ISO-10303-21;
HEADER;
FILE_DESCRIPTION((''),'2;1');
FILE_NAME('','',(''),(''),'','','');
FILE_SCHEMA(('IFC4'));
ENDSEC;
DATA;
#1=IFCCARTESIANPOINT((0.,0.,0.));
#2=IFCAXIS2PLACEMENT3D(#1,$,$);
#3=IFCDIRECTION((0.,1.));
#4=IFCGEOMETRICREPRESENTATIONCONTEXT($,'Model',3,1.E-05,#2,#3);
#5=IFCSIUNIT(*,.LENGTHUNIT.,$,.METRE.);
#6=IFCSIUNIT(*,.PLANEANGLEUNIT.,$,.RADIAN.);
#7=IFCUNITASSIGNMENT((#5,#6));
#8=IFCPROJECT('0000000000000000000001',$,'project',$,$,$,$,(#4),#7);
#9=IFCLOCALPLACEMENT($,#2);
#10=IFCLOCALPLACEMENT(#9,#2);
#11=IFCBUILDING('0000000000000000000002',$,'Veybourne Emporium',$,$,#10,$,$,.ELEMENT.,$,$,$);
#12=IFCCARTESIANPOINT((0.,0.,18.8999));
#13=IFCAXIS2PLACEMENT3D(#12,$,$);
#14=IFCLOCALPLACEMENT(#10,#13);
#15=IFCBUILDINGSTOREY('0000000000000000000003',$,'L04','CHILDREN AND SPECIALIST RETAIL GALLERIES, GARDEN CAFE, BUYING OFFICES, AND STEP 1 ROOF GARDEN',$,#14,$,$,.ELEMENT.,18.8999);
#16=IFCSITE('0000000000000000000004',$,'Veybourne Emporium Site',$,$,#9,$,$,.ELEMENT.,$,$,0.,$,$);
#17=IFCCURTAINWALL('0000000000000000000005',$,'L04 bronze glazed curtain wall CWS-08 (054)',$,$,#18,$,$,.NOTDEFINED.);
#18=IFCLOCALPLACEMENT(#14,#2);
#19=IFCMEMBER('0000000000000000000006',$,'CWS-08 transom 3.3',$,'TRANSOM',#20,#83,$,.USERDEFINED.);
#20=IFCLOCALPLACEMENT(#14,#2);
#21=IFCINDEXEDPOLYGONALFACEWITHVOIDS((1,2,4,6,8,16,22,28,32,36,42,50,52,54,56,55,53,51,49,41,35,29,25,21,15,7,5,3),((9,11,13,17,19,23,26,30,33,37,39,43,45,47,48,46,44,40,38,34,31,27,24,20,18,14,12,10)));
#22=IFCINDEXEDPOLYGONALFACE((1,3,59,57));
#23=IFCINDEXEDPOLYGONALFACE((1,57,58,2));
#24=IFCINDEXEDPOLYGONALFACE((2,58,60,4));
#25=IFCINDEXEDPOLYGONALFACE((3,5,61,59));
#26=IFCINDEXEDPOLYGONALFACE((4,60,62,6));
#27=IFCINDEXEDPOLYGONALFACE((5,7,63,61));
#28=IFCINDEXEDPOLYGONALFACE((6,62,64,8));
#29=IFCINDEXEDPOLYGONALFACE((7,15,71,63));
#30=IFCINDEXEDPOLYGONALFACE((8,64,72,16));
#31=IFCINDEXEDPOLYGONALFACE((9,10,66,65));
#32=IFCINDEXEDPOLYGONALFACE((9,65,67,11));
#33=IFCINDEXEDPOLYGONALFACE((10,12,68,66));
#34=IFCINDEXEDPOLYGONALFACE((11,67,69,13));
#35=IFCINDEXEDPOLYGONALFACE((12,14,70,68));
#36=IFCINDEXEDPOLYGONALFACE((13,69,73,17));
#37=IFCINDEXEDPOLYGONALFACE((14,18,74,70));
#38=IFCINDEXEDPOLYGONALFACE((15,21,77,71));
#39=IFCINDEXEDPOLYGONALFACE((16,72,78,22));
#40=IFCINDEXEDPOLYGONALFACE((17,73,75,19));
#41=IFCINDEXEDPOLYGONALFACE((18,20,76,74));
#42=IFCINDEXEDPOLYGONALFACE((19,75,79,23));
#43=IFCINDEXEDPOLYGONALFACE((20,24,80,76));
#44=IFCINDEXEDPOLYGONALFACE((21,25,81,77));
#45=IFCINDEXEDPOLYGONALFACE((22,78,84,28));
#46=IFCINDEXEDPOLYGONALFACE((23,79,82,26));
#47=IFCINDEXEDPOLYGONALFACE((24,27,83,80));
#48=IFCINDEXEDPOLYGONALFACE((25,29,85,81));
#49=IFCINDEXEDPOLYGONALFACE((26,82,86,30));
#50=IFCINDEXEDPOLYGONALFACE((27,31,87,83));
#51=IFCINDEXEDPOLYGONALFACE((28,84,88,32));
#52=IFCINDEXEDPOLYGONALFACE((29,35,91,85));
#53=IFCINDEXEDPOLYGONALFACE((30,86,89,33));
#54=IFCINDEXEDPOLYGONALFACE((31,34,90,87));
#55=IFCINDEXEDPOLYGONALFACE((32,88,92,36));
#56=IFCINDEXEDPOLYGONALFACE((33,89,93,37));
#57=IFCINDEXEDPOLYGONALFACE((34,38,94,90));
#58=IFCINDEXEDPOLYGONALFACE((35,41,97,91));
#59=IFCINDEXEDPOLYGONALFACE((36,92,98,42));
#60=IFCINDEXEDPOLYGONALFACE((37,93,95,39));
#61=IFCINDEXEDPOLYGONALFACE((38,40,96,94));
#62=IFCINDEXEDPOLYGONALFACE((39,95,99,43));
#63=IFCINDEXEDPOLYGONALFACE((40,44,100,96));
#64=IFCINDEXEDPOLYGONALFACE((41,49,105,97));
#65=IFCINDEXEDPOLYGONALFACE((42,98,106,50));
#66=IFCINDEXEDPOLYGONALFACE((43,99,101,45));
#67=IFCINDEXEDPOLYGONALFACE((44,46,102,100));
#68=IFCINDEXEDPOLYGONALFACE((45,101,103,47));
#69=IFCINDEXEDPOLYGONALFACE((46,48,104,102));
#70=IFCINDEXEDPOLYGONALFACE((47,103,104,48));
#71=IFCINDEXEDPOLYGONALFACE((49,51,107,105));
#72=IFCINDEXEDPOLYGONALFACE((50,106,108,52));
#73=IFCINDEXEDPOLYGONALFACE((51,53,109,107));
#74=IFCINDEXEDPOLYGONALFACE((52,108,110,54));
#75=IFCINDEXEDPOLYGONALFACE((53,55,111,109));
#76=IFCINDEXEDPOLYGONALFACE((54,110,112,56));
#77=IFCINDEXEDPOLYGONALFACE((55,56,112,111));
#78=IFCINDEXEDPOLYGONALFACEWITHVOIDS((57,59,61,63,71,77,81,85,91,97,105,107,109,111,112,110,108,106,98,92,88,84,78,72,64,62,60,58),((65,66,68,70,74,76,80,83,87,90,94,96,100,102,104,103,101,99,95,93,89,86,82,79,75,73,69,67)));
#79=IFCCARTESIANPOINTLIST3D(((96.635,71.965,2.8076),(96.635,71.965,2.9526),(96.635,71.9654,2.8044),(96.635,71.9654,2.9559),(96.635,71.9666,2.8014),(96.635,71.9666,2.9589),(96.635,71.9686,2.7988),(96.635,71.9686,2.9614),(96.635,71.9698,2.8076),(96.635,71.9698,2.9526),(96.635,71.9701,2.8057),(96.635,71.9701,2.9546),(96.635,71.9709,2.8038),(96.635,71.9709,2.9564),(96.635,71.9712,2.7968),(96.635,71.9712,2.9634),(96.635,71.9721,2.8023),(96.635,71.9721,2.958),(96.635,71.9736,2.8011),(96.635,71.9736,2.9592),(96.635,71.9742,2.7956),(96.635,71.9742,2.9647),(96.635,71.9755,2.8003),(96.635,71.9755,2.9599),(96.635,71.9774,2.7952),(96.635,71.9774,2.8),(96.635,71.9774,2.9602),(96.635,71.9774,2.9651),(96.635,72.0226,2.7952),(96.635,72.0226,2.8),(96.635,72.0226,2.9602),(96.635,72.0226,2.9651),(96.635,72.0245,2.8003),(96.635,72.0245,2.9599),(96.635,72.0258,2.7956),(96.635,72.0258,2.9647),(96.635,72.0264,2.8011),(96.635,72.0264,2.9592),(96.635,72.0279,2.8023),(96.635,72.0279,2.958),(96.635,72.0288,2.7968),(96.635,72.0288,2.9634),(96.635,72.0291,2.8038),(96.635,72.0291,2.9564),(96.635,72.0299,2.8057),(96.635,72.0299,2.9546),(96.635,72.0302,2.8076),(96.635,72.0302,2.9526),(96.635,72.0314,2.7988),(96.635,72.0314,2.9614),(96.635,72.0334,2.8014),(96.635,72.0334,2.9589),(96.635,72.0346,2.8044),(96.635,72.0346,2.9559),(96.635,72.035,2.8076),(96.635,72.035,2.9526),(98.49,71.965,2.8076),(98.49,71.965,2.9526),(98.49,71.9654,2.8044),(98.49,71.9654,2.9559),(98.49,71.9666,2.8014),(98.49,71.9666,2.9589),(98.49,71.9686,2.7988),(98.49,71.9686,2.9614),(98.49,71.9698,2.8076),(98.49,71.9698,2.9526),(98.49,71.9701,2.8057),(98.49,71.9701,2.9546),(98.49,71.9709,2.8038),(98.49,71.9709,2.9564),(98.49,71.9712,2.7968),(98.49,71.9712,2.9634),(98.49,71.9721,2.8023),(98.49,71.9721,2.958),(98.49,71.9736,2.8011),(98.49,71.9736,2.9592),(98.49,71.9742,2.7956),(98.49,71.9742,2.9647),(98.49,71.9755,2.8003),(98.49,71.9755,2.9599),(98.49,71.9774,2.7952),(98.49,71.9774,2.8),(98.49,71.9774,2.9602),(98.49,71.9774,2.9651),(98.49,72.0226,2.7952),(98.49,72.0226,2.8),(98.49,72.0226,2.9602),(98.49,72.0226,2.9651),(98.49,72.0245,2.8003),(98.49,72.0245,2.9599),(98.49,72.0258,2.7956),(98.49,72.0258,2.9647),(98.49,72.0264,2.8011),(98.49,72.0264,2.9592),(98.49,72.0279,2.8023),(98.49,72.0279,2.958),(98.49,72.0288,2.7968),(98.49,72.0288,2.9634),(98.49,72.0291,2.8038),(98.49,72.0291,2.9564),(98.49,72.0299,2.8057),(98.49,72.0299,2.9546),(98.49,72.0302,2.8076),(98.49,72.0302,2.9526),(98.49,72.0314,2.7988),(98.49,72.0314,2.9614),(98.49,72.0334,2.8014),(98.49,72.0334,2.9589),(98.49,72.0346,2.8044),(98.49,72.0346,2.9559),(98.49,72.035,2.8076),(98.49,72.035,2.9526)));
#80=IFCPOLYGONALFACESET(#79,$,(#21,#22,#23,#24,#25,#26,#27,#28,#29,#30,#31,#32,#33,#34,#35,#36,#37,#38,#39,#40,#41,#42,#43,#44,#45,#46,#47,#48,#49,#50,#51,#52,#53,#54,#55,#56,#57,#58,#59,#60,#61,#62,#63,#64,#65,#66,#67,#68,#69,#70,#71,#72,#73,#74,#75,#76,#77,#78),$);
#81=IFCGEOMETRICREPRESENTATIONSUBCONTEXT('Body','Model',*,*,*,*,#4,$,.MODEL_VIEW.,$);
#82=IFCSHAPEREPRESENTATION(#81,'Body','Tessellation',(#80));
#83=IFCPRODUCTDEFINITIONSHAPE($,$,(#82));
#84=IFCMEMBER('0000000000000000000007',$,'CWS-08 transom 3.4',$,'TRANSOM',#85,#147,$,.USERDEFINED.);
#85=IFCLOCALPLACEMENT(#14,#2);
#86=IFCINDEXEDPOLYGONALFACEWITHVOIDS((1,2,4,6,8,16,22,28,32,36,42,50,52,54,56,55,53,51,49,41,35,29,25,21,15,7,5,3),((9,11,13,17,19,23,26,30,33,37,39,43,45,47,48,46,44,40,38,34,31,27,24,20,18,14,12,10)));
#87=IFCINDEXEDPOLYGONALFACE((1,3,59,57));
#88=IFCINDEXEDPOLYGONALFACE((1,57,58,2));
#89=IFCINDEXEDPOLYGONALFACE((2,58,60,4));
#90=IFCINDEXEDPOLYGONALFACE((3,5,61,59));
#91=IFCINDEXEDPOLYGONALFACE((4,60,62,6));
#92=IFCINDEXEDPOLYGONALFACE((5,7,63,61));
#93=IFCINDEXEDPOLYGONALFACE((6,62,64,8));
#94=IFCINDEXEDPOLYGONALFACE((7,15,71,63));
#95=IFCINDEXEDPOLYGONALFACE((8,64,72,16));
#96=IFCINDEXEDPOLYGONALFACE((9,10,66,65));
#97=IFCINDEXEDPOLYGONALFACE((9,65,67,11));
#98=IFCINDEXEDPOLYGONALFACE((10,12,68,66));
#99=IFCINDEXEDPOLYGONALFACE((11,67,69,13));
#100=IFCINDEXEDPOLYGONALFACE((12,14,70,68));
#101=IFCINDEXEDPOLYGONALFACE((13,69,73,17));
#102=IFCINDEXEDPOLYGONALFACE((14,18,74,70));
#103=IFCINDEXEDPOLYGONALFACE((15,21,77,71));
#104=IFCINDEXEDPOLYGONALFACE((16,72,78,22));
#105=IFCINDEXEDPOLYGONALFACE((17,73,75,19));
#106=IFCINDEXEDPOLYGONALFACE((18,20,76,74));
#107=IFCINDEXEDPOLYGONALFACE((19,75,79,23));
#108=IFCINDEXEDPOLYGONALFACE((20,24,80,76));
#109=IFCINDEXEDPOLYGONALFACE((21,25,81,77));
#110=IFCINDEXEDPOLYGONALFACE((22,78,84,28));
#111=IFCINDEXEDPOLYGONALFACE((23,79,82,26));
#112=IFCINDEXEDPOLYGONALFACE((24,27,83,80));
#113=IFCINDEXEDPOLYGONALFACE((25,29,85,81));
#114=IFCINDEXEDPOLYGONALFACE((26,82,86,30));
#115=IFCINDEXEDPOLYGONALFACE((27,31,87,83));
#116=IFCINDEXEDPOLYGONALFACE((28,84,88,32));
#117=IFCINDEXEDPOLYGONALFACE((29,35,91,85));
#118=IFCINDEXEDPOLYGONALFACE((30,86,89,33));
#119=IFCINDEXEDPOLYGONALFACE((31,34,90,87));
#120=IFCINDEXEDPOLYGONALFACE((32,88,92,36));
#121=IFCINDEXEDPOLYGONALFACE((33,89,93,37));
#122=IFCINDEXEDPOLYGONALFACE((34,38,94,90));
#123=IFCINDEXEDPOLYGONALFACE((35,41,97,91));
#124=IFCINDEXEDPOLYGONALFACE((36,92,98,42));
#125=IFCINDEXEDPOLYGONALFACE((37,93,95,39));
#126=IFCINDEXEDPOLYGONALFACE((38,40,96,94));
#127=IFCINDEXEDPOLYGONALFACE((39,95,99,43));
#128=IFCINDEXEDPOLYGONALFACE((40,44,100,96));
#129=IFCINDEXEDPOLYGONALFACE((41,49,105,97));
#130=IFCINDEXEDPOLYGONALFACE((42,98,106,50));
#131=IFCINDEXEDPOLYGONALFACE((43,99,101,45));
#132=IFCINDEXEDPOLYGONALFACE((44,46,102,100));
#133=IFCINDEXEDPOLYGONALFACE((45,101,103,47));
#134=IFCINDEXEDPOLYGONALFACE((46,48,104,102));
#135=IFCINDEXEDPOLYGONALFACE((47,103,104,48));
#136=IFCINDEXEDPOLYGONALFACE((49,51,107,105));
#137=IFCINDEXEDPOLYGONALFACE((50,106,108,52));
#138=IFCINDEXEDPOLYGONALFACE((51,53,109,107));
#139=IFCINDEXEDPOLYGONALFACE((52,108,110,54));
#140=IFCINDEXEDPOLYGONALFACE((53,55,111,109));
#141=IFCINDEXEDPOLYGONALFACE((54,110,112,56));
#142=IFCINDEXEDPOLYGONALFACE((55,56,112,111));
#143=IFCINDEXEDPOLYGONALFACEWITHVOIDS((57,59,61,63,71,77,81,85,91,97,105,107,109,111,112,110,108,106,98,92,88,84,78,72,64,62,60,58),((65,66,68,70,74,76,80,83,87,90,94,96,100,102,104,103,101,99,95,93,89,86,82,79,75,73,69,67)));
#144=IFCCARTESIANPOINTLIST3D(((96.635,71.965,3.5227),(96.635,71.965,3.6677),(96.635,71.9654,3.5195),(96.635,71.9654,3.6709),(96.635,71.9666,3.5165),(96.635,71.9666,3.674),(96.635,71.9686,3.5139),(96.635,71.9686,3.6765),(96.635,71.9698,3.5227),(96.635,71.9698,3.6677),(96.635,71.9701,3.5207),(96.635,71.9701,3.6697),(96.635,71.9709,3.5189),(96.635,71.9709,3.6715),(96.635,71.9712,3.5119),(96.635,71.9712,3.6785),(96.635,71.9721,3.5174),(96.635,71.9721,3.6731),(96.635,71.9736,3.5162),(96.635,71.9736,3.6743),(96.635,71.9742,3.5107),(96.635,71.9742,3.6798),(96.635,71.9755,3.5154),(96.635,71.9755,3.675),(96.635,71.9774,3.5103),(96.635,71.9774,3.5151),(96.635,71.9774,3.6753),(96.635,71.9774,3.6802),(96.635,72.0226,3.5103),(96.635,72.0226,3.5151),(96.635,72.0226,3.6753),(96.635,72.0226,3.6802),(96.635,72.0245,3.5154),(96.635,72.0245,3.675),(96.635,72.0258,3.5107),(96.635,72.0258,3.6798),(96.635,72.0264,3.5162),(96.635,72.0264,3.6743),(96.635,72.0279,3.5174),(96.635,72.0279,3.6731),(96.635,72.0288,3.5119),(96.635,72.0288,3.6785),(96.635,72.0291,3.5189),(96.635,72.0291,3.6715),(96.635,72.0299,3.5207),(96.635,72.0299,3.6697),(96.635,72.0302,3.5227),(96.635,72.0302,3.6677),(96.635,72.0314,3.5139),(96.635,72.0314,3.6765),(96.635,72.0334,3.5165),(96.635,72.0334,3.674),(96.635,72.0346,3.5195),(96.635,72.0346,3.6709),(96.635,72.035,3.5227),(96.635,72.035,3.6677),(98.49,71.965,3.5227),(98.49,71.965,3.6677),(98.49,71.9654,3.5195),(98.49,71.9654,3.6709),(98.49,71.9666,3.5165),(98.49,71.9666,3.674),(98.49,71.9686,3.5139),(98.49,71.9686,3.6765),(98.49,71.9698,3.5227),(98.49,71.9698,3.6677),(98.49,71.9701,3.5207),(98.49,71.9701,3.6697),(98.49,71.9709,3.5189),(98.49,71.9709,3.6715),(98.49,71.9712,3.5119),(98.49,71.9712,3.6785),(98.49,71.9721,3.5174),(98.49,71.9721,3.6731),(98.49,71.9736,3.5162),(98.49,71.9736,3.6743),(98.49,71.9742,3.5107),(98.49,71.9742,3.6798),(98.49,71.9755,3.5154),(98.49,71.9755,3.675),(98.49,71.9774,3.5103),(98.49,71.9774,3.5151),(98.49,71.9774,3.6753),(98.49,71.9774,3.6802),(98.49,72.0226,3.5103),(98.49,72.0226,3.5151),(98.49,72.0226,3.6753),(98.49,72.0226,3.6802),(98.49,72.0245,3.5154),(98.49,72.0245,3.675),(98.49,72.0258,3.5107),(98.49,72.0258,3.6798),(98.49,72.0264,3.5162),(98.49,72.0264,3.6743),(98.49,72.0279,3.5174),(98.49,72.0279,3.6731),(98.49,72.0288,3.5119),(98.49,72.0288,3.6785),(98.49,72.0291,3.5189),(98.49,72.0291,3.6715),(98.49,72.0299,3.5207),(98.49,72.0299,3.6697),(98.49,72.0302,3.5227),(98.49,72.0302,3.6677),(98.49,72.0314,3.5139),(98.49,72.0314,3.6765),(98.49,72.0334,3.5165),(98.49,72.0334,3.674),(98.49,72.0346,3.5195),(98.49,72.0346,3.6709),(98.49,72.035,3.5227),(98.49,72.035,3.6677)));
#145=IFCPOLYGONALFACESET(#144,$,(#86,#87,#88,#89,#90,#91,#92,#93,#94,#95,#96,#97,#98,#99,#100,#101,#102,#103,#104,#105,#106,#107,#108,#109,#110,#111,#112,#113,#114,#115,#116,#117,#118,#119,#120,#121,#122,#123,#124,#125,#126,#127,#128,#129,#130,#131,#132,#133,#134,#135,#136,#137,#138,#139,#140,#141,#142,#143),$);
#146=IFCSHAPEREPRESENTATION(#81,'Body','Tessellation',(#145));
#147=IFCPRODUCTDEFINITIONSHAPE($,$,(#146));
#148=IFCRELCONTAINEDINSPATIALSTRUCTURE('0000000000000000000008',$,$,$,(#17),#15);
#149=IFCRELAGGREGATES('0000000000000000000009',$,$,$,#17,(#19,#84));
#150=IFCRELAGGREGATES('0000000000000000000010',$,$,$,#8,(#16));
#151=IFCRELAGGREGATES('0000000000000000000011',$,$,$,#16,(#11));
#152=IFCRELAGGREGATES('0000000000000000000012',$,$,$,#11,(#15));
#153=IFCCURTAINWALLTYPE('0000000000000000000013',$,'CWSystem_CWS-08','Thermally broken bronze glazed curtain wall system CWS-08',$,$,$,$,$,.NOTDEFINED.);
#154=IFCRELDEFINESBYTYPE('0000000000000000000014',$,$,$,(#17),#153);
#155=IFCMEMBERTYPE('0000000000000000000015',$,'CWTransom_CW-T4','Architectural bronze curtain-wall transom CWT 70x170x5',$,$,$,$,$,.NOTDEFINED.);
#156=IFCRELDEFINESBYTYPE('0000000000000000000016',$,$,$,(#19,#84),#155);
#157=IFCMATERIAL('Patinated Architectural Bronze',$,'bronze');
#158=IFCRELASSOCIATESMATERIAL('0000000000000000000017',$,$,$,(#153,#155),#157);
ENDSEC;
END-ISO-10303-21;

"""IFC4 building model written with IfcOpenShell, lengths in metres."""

from ifc_helpers import new_model, si_unit, direction, frame, origin, origin_2d, place, context, subcontext, project, spatial, hollow_rectangle, extrude, material, material_profile, profile_set, type_object, element, aggregate, save


model = new_model("IFC4")

# Units and contexts
model_context = context("Model", 3, precision=1e-05, world=origin(), true_north=direction((0.0, 1.0)))
body_context = subcontext(model_context, "Body", "Model", "MODEL_VIEW")
ifc_project = project(units=[si_unit("LENGTHUNIT", "METRE"), si_unit("PLANEANGLEUNIT", "RADIAN")], contexts=[model_context])

# Site, building, storey
site_placement = place(None, origin())
site = spatial("IfcSite", under=ifc_project, at=site_placement, Name="Veybourne Emporium Site", CompositionType="ELEMENT", RefElevation=0.0)
building_placement = place(site_placement, origin())
building = spatial("IfcBuilding", under=site, at=building_placement, Name="Veybourne Emporium", CompositionType="ELEMENT")
storey_placement = place(building_placement, frame((0.0, 0.0, 18.8999)))
storey = spatial("IfcBuildingStorey", under=building, at=storey_placement, Name="L04", Description="CHILDREN AND SPECIALIST RETAIL GALLERIES, GARDEN CAFE, BUYING OFFICES, AND STEP 1 ROOF GARDEN", CompositionType="ELEMENT", Elevation=18.8999)

# Curtain wall, members
ifc_material_1 = material(Name="Patinated Architectural Bronze", Category="bronze")
curtain_wall_type = type_object("IfcCurtainWallType", Name="CWSystem_CWS-08", Description="Thermally broken bronze glazed curtain wall system CWS-08", PredefinedType="NOTDEFINED", material=ifc_material_1)
curtain_wall_placement = place(storey_placement, origin())
curtain_wall = element("IfcCurtainWall", 1, at=curtain_wall_placement, inside=storey, type_object=curtain_wall_type, Name="L04 bronze glazed curtain wall CWS-08 (054)", PredefinedType="NOTDEFINED")
ifc_material_profile_1 = material_profile(ifc_material_1, hollow_rectangle(XDim=0.0701, YDim=0.1699, WallThickness=0.0049, InnerFilletRadius=0.0076, OuterFilletRadius=0.0125, at=origin_2d()), Name="CWT 70x170x5")
ifc_profile_set_1 = profile_set([ifc_material_profile_1], Name="Patinated Architectural Bronze")
member_type_1 = type_object("IfcMemberType", Name="CWTransom_CW-T4", Description="Architectural bronze curtain-wall transom CWT 70x170x5", PredefinedType="NOTDEFINED", material=ifc_profile_set_1)
member_1_placement = place(storey_placement, frame((96.635, 72.0, 2.8801), z_axis=(1.0, 0.0, 0.0), x_axis=(0.0, 1.0, 0.0)))
member_1 = element("IfcMember", 2, at=member_1_placement, type_object=member_type_1, Name="CWS-08 transom 3.3", ObjectType="TRANSOM", PredefinedType="USERDEFINED", context=body_context, shape_type="SweptSolid", body=[
    extrude(hollow_rectangle(XDim=0.0701, YDim=0.1699, WallThickness=0.0049, InnerFilletRadius=0.0076, OuterFilletRadius=0.0125, at=origin_2d()), origin(), (0.0, 0.0, 1.0), 1.855),
])
member_2_placement = place(storey_placement, frame((96.635, 72.0, 3.5952), z_axis=(1.0, 0.0, 0.0), x_axis=(0.0, 1.0, 0.0)))
member_2 = element("IfcMember", 3, at=member_2_placement, type_object=member_type_1, Name="CWS-08 transom 3.4", ObjectType="TRANSOM", PredefinedType="USERDEFINED", context=body_context, shape_type="SweptSolid", body=[
    extrude(hollow_rectangle(XDim=0.0701, YDim=0.1699, WallThickness=0.0049, InnerFilletRadius=0.0076, OuterFilletRadius=0.0125, at=origin_2d()), origin(), (0.0, 0.0, 1.0), 1.855),
])
aggregate(curtain_wall, [member_1, member_2])

save(model, "model.ifc")
